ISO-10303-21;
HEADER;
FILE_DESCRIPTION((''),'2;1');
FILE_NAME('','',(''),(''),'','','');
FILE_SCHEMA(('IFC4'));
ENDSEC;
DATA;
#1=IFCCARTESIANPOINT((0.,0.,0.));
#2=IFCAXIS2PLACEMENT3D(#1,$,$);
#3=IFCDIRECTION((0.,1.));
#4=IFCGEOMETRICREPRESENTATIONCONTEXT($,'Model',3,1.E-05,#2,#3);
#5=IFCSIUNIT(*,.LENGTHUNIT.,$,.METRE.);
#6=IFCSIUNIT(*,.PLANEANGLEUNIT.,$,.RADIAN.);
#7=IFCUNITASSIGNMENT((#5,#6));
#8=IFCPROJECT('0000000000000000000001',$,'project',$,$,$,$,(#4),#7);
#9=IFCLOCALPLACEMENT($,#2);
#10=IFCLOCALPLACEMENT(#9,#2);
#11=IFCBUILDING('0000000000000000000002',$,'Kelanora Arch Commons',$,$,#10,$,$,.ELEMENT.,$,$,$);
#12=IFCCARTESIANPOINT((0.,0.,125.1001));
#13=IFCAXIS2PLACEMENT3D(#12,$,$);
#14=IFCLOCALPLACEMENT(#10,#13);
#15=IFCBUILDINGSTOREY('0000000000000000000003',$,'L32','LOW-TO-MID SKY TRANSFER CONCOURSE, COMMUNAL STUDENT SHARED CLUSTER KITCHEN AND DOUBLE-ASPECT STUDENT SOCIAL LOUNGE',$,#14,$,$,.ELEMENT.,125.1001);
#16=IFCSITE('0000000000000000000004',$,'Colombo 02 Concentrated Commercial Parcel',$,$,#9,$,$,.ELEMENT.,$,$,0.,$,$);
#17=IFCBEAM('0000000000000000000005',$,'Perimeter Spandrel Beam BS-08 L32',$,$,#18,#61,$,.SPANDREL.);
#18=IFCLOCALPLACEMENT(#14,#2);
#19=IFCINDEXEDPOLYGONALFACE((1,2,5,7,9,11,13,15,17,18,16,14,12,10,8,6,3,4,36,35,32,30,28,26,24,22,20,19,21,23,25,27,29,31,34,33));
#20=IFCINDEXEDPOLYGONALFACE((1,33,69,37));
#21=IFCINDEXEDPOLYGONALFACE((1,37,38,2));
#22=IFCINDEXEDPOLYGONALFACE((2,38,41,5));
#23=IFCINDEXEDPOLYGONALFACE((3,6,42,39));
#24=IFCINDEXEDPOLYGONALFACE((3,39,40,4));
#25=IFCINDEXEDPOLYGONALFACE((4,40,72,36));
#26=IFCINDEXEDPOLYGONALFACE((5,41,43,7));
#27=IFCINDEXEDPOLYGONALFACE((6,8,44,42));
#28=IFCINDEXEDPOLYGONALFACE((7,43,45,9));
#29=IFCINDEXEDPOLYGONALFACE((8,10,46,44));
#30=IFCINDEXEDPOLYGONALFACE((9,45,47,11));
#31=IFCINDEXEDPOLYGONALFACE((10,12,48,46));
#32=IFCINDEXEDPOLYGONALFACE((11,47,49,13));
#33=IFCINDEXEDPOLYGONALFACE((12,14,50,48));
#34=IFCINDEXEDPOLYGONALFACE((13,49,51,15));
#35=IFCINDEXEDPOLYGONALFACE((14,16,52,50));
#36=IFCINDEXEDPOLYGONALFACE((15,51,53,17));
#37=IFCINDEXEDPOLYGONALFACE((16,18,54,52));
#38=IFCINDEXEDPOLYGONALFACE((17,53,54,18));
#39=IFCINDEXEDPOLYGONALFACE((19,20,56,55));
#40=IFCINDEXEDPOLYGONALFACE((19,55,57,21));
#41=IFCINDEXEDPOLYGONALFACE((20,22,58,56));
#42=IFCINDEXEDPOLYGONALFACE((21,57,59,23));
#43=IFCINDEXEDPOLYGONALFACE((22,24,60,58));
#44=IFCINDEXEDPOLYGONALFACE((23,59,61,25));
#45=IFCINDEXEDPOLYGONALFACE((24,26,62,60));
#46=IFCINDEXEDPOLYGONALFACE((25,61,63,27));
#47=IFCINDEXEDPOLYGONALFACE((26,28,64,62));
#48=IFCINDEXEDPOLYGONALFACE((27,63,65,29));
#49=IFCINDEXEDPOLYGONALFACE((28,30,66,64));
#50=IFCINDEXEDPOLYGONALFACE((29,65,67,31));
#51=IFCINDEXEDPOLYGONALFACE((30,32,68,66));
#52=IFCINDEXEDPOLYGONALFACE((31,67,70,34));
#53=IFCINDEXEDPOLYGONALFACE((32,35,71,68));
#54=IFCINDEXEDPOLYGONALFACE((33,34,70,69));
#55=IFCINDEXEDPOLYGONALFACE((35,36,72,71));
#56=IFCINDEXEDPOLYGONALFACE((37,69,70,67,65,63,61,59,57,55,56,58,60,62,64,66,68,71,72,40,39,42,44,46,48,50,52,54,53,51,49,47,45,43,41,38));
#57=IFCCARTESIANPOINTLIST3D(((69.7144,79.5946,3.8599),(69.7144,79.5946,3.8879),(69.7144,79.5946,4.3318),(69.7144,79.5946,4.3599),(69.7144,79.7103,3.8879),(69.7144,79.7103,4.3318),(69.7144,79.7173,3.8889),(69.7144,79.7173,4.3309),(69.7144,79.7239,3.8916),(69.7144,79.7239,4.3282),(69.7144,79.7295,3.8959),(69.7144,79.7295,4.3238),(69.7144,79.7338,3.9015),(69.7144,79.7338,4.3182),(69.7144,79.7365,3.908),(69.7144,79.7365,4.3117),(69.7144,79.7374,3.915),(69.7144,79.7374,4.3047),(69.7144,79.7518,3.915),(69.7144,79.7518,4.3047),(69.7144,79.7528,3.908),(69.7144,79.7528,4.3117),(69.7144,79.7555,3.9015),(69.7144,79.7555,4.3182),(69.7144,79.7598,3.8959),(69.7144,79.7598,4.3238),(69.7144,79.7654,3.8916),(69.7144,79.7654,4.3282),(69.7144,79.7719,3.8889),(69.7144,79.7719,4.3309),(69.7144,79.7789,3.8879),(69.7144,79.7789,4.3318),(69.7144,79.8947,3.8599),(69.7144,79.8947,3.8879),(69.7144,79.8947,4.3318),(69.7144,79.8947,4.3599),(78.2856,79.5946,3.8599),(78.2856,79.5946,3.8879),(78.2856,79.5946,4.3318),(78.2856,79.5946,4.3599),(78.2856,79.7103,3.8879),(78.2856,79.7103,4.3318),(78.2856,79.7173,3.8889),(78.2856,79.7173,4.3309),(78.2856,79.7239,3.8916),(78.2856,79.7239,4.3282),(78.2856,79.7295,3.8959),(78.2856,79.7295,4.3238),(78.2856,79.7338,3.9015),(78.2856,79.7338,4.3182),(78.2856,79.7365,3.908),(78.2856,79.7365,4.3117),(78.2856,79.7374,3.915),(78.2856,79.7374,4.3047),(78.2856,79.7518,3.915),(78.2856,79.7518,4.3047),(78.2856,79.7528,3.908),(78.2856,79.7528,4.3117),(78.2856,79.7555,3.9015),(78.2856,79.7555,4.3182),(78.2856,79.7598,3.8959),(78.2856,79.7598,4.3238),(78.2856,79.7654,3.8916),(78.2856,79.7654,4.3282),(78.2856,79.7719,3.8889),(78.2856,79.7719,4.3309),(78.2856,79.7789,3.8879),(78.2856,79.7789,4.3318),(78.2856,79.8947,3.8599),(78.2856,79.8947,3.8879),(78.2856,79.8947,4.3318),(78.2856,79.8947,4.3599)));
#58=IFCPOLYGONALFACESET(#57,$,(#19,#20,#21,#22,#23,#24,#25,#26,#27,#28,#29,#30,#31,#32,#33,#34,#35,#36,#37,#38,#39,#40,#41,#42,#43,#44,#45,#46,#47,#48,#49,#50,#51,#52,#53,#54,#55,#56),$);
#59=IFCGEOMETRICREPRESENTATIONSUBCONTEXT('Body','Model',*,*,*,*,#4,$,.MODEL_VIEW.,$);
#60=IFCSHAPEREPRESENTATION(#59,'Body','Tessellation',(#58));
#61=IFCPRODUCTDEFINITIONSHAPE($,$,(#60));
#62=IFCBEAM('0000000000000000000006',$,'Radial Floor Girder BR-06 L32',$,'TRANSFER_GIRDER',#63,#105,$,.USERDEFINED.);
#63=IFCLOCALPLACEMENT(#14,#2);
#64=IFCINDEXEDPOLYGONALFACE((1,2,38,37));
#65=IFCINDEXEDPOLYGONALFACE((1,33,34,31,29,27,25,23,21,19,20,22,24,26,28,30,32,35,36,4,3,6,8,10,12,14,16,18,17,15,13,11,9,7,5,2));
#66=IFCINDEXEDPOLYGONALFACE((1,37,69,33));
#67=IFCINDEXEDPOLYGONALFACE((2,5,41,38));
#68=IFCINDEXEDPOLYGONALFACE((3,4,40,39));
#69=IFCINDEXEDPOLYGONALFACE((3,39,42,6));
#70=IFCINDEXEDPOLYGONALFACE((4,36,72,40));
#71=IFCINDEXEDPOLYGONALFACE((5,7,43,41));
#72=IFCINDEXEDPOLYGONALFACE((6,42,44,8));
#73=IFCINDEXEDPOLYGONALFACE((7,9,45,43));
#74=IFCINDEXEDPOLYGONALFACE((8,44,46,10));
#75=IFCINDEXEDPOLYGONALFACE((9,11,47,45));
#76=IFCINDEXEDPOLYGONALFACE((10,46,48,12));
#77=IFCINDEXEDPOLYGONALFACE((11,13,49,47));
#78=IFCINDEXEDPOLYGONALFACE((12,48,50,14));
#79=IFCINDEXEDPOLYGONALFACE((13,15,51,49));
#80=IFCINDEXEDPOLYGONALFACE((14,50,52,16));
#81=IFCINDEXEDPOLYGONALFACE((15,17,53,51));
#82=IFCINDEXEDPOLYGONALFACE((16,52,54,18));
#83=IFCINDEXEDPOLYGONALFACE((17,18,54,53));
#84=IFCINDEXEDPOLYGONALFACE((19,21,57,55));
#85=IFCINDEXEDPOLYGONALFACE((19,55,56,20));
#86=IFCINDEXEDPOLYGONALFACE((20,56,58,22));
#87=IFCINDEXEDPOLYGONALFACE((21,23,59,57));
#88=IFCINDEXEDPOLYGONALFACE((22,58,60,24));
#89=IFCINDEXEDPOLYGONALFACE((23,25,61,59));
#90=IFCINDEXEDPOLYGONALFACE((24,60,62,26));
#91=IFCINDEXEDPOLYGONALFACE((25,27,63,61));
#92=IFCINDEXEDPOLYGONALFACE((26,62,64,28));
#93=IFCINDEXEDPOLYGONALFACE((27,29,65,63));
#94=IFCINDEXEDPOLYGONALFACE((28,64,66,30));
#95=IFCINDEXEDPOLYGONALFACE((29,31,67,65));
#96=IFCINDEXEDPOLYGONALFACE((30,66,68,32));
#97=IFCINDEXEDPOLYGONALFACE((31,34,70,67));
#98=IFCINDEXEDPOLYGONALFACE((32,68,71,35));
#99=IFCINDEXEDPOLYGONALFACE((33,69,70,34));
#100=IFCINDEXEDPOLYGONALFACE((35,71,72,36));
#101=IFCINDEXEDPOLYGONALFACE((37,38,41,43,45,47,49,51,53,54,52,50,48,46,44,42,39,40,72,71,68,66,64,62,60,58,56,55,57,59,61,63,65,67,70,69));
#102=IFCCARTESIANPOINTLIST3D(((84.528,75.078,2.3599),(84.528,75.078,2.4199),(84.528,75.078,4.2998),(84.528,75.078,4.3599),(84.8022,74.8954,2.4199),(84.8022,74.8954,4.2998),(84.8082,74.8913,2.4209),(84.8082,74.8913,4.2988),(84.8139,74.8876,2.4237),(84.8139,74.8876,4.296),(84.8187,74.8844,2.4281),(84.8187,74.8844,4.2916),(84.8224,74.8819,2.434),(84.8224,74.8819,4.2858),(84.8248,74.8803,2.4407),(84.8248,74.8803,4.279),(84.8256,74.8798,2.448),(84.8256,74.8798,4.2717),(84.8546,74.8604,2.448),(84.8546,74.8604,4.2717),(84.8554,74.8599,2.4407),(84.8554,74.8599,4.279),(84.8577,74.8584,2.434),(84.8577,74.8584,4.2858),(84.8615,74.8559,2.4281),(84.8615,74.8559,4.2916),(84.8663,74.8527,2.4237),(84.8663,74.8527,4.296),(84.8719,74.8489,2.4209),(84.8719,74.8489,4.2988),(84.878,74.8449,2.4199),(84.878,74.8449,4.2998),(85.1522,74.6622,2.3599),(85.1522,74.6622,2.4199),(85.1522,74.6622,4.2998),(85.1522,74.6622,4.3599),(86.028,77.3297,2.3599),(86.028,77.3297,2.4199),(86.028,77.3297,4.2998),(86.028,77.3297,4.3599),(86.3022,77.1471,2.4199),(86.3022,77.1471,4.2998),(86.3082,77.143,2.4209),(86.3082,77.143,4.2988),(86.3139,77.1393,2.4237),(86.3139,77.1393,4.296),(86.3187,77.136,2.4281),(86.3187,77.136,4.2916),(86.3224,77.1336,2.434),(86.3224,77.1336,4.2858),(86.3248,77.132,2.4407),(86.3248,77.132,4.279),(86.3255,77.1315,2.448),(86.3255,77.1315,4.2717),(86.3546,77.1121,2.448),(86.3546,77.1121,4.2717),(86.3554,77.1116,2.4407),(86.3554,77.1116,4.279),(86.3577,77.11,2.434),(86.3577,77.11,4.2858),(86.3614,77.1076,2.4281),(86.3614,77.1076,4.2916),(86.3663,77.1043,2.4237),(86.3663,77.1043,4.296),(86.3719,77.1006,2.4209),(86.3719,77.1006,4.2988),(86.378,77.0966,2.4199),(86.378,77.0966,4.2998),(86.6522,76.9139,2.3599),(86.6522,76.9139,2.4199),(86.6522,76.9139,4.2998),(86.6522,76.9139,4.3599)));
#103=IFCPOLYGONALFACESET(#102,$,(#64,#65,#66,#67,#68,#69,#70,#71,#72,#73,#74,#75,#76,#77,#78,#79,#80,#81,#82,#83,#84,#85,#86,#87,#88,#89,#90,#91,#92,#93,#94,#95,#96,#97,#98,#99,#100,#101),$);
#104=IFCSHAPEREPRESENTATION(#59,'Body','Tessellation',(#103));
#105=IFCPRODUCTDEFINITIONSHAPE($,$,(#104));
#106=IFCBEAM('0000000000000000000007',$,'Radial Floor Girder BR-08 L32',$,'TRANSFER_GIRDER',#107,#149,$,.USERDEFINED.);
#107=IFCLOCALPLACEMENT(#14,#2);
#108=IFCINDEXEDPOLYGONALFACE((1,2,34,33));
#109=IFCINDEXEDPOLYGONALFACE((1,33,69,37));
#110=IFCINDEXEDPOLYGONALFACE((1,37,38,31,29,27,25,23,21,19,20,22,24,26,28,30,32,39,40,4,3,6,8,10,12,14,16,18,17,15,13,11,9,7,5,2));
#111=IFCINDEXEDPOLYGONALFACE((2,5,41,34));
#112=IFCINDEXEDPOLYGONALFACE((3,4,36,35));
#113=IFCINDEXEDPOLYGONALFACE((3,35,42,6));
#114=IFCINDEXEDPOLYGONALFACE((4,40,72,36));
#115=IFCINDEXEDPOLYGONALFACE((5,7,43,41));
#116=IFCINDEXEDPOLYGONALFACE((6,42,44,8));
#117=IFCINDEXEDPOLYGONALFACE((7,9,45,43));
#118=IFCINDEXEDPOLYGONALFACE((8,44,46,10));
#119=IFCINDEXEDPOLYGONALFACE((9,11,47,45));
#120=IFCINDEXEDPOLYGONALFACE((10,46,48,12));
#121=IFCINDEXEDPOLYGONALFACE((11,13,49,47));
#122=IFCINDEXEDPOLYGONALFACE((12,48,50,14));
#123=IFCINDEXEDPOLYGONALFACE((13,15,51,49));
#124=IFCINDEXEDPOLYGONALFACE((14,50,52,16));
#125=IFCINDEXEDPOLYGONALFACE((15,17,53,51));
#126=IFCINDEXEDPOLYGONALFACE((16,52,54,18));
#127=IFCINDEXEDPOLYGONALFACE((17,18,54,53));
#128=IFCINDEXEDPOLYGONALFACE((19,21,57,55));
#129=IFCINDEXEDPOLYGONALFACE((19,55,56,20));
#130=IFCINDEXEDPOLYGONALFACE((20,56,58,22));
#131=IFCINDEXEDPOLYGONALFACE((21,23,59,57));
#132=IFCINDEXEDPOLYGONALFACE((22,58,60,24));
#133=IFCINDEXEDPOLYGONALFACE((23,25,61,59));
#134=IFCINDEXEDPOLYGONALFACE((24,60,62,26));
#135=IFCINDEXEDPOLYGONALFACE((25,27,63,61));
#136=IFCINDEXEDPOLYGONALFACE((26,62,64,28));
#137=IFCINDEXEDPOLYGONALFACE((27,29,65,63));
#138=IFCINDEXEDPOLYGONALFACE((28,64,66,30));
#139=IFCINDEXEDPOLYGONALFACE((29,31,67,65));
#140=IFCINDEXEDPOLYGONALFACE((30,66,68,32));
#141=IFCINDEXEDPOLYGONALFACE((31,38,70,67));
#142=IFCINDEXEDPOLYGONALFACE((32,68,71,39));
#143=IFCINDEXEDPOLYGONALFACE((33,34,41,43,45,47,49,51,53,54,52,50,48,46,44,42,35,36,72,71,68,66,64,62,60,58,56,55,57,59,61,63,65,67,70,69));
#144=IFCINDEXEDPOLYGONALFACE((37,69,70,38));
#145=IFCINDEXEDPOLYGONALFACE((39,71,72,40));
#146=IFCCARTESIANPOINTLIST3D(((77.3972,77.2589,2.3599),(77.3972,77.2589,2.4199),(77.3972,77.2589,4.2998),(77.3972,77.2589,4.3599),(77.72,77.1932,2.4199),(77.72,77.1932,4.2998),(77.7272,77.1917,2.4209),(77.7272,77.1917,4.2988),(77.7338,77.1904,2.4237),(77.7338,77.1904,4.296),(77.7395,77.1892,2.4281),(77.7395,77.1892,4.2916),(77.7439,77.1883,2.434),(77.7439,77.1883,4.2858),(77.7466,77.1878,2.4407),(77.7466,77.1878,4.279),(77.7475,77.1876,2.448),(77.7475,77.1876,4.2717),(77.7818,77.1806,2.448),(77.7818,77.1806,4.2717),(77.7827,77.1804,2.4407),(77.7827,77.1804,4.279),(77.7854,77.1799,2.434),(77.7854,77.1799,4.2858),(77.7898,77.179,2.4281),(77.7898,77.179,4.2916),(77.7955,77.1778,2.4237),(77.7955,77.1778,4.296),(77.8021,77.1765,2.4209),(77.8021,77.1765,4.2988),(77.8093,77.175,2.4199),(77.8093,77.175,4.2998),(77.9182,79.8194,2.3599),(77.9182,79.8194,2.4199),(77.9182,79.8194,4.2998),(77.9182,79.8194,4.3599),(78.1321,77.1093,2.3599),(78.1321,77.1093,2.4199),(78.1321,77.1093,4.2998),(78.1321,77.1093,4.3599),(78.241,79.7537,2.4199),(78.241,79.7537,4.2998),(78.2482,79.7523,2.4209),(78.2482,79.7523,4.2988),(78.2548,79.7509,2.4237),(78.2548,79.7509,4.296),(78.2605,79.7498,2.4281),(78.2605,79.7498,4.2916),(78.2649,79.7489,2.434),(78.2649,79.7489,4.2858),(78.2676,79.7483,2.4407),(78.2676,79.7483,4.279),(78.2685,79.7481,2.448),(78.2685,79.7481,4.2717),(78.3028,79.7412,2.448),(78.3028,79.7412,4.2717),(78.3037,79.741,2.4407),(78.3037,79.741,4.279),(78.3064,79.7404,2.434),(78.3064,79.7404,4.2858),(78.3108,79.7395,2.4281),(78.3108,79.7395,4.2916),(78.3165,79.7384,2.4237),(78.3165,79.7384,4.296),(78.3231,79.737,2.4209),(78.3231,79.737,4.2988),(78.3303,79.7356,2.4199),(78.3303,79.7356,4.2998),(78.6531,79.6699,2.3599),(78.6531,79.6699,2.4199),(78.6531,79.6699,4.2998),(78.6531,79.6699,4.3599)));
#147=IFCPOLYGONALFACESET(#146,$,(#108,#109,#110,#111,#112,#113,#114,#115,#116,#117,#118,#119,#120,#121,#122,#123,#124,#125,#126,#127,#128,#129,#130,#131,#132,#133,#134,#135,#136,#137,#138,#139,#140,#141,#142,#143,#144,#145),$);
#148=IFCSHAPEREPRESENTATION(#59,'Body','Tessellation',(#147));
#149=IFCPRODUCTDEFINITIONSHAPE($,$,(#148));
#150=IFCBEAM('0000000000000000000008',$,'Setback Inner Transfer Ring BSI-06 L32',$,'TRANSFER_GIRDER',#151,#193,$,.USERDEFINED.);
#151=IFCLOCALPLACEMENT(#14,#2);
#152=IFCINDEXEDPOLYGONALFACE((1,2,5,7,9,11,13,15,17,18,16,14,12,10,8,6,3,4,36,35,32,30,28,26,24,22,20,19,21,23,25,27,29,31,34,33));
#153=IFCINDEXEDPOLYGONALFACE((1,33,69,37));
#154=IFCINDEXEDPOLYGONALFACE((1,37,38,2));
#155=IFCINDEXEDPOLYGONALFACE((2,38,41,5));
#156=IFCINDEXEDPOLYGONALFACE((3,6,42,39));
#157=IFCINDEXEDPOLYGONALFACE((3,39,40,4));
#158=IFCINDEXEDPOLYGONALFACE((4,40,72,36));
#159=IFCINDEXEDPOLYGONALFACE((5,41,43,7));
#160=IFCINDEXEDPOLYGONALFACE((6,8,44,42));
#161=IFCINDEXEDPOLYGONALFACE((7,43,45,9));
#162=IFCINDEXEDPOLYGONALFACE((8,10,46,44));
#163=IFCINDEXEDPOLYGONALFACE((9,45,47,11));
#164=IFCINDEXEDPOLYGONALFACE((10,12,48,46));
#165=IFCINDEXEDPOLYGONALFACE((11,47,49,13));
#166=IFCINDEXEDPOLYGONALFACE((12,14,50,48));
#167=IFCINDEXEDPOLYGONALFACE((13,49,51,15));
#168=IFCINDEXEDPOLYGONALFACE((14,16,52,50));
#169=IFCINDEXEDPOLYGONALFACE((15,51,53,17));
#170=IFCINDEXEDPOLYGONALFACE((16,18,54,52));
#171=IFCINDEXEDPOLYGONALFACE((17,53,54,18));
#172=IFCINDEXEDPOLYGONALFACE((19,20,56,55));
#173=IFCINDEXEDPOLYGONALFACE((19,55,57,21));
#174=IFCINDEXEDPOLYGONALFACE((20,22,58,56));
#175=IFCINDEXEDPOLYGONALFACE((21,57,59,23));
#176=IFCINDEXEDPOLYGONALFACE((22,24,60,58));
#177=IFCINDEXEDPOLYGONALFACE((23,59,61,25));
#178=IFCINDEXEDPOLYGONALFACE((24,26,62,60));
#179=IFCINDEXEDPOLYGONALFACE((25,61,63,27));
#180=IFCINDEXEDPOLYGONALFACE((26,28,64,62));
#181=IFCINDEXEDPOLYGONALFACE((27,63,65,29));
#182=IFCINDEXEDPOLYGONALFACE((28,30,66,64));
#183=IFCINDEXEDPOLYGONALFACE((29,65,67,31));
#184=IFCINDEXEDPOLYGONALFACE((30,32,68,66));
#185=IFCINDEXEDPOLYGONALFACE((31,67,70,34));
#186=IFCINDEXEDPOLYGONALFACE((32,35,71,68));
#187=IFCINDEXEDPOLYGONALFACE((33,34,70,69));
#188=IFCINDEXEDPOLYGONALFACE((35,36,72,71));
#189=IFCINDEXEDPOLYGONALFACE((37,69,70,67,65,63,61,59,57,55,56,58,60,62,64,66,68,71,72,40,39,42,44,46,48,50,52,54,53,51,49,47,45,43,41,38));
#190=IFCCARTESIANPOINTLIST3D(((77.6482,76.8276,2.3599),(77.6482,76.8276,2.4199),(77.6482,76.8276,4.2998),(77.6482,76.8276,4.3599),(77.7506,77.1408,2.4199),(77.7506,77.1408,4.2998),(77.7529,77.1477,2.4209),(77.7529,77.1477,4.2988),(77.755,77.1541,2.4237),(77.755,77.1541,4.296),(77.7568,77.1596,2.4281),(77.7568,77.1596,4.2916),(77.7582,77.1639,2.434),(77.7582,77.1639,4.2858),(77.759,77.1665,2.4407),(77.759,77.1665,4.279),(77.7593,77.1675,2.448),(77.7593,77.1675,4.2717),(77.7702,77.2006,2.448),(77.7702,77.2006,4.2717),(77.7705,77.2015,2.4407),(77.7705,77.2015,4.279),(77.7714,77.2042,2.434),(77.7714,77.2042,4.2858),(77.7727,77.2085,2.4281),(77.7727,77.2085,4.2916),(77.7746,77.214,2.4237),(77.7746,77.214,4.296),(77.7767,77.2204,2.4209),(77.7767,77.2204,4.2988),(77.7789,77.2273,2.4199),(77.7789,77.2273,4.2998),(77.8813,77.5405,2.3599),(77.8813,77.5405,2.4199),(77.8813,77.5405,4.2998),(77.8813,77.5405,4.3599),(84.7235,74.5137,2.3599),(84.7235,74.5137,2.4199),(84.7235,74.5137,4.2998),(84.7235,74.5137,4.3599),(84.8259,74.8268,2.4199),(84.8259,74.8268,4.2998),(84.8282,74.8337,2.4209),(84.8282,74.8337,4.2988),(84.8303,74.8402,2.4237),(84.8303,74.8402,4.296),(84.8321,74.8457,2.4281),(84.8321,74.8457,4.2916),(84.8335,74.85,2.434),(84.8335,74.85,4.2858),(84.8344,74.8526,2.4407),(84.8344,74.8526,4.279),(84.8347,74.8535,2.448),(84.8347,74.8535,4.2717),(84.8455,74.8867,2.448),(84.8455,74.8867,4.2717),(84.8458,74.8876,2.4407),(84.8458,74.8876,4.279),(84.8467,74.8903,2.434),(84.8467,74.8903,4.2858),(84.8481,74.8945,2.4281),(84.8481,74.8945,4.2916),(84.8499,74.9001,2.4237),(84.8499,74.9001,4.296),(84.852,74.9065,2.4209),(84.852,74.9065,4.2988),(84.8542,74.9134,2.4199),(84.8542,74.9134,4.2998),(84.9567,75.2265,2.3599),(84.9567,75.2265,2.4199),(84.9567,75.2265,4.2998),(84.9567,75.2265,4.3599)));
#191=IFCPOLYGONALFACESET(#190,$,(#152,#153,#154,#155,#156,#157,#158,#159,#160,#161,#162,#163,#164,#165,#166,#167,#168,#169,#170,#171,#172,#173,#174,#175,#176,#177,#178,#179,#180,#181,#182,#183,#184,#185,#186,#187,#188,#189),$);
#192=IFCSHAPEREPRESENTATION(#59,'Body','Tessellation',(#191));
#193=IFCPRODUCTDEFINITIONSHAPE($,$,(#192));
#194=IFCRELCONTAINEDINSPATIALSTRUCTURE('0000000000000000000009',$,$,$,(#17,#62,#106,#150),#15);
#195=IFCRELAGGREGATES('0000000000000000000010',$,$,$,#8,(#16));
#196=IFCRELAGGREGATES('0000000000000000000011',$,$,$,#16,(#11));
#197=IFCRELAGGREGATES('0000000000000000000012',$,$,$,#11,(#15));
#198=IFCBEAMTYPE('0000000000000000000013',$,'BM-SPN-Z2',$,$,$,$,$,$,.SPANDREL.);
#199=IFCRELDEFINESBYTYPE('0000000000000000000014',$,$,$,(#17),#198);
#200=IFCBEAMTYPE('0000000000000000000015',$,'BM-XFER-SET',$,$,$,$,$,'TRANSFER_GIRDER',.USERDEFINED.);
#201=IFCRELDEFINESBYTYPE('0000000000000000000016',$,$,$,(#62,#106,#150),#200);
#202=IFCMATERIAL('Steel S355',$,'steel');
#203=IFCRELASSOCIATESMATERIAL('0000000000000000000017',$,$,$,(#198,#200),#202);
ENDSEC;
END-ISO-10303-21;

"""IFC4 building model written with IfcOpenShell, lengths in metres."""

from ifc_helpers import new_model, si_unit, direction, frame, origin, origin_2d, place, context, subcontext, project, spatial, i_section, extrude, material, material_profile, profile_set, type_object, element, save


model = new_model("IFC4")

# Units and contexts
model_context = context("Model", 3, precision=1e-05, world=origin(), true_north=direction((0.0, 1.0)))
body_context = subcontext(model_context, "Body", "Model", "MODEL_VIEW")
ifc_project = project(units=[si_unit("LENGTHUNIT", "METRE"), si_unit("PLANEANGLEUNIT", "RADIAN")], contexts=[model_context])

# Site, building, storey
site_placement = place(None, origin())
site = spatial("IfcSite", under=ifc_project, at=site_placement, Name="Colombo 02 Concentrated Commercial Parcel", CompositionType="ELEMENT", RefElevation=0.0)
building_placement = place(site_placement, origin())
building = spatial("IfcBuilding", under=site, at=building_placement, Name="Kelanora Arch Commons", CompositionType="ELEMENT")
storey_placement = place(building_placement, frame((0.0, 0.0, 125.1001)))
storey = spatial("IfcBuildingStorey", under=building, at=storey_placement, Name="L32", Description="LOW-TO-MID SKY TRANSFER CONCOURSE, COMMUNAL STUDENT SHARED CLUSTER KITCHEN AND DOUBLE-ASPECT STUDENT SOCIAL LOUNGE", CompositionType="ELEMENT", Elevation=125.1001)

# Beams
ifc_material_1 = material(Name="Steel S355", Category="steel")
ifc_material_profile_1 = material_profile(ifc_material_1, i_section(OverallWidth=0.3, OverallDepth=0.5, WebThickness=0.0144, FlangeThickness=0.0281, FilletRadius=0.0271, at=origin_2d()), Name="HEB500")
ifc_profile_set_1 = profile_set([ifc_material_profile_1], Name="Steel S355")
beam_type_1 = type_object("IfcBeamType", Name="BM-SPN-Z2", PredefinedType="SPANDREL", material=ifc_profile_set_1)
beam_1_placement = place(storey_placement, frame((78.2856, 79.7446, 4.1099), z_axis=(-1.0, 0.0, 0.0), x_axis=(0.0, -1.0, 0.0)))
element("IfcBeam", 1, at=beam_1_placement, inside=storey, type_object=beam_type_1, Name="Perimeter Spandrel Beam BS-08 L32", PredefinedType="SPANDREL", context=body_context, shape_type="SweptSolid", body=[
    extrude(i_section(OverallWidth=0.3, OverallDepth=0.5, WebThickness=0.0144, FlangeThickness=0.0281, FilletRadius=0.0271, at=origin_2d()), origin(), (0.0, 0.0, 1.0), 8.5713),
])
ifc_material_profile_2 = material_profile(ifc_material_1, i_section(OverallWidth=0.75, OverallDepth=2.0, WebThickness=0.0349, FlangeThickness=0.0601, FilletRadius=0.0281, at=origin_2d()), Name="PG2000x750")
ifc_profile_set_2 = profile_set([ifc_material_profile_2], Name="Steel S355")
beam_type_2 = type_object("IfcBeamType", Name="BM-XFER-SET", ElementType="TRANSFER_GIRDER", PredefinedType="USERDEFINED", material=ifc_profile_set_2)
beam_2_placement = place(storey_placement, frame((84.8401, 74.8701, 3.3599), z_axis=(0.554409, 0.832245, 0.0), x_axis=(-0.832245, 0.554409, 0.0)))
element("IfcBeam", 2, at=beam_2_placement, inside=storey, type_object=beam_type_2, Name="Radial Floor Girder BR-06 L32", ObjectType="TRANSFER_GIRDER", PredefinedType="USERDEFINED", context=body_context, shape_type="SweptSolid", body=[
    extrude(i_section(OverallWidth=0.75, OverallDepth=2.0, WebThickness=0.0349, FlangeThickness=0.0601, FilletRadius=0.0281, at=origin_2d()), origin(), (0.0, 0.0, 1.0), 2.7056),
])
beam_3_placement = place(storey_placement, frame((77.7646, 77.1841, 3.3599), z_axis=(0.199385, 0.979921, 0.0), x_axis=(-0.979921, 0.199385, 0.0)))
element("IfcBeam", 3, at=beam_3_placement, inside=storey, type_object=beam_type_2, Name="Radial Floor Girder BR-08 L32", ObjectType="TRANSFER_GIRDER", PredefinedType="USERDEFINED", context=body_context, shape_type="SweptSolid", body=[
    extrude(i_section(OverallWidth=0.75, OverallDepth=2.0, WebThickness=0.0349, FlangeThickness=0.0601, FilletRadius=0.0281, at=origin_2d()), origin(), (0.0, 0.0, 1.0), 2.613),
])
beam_4_placement = place(storey_placement, frame((84.8401, 74.8701, 3.3599), z_axis=(-0.950462, 0.310841, 0.0), x_axis=(-0.310841, -0.950462, 0.0)))
element("IfcBeam", 4, at=beam_4_placement, inside=storey, type_object=beam_type_2, Name="Setback Inner Transfer Ring BSI-06 L32", ObjectType="TRANSFER_GIRDER", PredefinedType="USERDEFINED", context=body_context, shape_type="SweptSolid", body=[
    extrude(i_section(OverallWidth=0.75, OverallDepth=2.0, WebThickness=0.0349, FlangeThickness=0.0601, FilletRadius=0.0281, at=origin_2d()), origin(), (0.0, 0.0, 1.0), 7.4441),
])

save(model, "model.ifc")
